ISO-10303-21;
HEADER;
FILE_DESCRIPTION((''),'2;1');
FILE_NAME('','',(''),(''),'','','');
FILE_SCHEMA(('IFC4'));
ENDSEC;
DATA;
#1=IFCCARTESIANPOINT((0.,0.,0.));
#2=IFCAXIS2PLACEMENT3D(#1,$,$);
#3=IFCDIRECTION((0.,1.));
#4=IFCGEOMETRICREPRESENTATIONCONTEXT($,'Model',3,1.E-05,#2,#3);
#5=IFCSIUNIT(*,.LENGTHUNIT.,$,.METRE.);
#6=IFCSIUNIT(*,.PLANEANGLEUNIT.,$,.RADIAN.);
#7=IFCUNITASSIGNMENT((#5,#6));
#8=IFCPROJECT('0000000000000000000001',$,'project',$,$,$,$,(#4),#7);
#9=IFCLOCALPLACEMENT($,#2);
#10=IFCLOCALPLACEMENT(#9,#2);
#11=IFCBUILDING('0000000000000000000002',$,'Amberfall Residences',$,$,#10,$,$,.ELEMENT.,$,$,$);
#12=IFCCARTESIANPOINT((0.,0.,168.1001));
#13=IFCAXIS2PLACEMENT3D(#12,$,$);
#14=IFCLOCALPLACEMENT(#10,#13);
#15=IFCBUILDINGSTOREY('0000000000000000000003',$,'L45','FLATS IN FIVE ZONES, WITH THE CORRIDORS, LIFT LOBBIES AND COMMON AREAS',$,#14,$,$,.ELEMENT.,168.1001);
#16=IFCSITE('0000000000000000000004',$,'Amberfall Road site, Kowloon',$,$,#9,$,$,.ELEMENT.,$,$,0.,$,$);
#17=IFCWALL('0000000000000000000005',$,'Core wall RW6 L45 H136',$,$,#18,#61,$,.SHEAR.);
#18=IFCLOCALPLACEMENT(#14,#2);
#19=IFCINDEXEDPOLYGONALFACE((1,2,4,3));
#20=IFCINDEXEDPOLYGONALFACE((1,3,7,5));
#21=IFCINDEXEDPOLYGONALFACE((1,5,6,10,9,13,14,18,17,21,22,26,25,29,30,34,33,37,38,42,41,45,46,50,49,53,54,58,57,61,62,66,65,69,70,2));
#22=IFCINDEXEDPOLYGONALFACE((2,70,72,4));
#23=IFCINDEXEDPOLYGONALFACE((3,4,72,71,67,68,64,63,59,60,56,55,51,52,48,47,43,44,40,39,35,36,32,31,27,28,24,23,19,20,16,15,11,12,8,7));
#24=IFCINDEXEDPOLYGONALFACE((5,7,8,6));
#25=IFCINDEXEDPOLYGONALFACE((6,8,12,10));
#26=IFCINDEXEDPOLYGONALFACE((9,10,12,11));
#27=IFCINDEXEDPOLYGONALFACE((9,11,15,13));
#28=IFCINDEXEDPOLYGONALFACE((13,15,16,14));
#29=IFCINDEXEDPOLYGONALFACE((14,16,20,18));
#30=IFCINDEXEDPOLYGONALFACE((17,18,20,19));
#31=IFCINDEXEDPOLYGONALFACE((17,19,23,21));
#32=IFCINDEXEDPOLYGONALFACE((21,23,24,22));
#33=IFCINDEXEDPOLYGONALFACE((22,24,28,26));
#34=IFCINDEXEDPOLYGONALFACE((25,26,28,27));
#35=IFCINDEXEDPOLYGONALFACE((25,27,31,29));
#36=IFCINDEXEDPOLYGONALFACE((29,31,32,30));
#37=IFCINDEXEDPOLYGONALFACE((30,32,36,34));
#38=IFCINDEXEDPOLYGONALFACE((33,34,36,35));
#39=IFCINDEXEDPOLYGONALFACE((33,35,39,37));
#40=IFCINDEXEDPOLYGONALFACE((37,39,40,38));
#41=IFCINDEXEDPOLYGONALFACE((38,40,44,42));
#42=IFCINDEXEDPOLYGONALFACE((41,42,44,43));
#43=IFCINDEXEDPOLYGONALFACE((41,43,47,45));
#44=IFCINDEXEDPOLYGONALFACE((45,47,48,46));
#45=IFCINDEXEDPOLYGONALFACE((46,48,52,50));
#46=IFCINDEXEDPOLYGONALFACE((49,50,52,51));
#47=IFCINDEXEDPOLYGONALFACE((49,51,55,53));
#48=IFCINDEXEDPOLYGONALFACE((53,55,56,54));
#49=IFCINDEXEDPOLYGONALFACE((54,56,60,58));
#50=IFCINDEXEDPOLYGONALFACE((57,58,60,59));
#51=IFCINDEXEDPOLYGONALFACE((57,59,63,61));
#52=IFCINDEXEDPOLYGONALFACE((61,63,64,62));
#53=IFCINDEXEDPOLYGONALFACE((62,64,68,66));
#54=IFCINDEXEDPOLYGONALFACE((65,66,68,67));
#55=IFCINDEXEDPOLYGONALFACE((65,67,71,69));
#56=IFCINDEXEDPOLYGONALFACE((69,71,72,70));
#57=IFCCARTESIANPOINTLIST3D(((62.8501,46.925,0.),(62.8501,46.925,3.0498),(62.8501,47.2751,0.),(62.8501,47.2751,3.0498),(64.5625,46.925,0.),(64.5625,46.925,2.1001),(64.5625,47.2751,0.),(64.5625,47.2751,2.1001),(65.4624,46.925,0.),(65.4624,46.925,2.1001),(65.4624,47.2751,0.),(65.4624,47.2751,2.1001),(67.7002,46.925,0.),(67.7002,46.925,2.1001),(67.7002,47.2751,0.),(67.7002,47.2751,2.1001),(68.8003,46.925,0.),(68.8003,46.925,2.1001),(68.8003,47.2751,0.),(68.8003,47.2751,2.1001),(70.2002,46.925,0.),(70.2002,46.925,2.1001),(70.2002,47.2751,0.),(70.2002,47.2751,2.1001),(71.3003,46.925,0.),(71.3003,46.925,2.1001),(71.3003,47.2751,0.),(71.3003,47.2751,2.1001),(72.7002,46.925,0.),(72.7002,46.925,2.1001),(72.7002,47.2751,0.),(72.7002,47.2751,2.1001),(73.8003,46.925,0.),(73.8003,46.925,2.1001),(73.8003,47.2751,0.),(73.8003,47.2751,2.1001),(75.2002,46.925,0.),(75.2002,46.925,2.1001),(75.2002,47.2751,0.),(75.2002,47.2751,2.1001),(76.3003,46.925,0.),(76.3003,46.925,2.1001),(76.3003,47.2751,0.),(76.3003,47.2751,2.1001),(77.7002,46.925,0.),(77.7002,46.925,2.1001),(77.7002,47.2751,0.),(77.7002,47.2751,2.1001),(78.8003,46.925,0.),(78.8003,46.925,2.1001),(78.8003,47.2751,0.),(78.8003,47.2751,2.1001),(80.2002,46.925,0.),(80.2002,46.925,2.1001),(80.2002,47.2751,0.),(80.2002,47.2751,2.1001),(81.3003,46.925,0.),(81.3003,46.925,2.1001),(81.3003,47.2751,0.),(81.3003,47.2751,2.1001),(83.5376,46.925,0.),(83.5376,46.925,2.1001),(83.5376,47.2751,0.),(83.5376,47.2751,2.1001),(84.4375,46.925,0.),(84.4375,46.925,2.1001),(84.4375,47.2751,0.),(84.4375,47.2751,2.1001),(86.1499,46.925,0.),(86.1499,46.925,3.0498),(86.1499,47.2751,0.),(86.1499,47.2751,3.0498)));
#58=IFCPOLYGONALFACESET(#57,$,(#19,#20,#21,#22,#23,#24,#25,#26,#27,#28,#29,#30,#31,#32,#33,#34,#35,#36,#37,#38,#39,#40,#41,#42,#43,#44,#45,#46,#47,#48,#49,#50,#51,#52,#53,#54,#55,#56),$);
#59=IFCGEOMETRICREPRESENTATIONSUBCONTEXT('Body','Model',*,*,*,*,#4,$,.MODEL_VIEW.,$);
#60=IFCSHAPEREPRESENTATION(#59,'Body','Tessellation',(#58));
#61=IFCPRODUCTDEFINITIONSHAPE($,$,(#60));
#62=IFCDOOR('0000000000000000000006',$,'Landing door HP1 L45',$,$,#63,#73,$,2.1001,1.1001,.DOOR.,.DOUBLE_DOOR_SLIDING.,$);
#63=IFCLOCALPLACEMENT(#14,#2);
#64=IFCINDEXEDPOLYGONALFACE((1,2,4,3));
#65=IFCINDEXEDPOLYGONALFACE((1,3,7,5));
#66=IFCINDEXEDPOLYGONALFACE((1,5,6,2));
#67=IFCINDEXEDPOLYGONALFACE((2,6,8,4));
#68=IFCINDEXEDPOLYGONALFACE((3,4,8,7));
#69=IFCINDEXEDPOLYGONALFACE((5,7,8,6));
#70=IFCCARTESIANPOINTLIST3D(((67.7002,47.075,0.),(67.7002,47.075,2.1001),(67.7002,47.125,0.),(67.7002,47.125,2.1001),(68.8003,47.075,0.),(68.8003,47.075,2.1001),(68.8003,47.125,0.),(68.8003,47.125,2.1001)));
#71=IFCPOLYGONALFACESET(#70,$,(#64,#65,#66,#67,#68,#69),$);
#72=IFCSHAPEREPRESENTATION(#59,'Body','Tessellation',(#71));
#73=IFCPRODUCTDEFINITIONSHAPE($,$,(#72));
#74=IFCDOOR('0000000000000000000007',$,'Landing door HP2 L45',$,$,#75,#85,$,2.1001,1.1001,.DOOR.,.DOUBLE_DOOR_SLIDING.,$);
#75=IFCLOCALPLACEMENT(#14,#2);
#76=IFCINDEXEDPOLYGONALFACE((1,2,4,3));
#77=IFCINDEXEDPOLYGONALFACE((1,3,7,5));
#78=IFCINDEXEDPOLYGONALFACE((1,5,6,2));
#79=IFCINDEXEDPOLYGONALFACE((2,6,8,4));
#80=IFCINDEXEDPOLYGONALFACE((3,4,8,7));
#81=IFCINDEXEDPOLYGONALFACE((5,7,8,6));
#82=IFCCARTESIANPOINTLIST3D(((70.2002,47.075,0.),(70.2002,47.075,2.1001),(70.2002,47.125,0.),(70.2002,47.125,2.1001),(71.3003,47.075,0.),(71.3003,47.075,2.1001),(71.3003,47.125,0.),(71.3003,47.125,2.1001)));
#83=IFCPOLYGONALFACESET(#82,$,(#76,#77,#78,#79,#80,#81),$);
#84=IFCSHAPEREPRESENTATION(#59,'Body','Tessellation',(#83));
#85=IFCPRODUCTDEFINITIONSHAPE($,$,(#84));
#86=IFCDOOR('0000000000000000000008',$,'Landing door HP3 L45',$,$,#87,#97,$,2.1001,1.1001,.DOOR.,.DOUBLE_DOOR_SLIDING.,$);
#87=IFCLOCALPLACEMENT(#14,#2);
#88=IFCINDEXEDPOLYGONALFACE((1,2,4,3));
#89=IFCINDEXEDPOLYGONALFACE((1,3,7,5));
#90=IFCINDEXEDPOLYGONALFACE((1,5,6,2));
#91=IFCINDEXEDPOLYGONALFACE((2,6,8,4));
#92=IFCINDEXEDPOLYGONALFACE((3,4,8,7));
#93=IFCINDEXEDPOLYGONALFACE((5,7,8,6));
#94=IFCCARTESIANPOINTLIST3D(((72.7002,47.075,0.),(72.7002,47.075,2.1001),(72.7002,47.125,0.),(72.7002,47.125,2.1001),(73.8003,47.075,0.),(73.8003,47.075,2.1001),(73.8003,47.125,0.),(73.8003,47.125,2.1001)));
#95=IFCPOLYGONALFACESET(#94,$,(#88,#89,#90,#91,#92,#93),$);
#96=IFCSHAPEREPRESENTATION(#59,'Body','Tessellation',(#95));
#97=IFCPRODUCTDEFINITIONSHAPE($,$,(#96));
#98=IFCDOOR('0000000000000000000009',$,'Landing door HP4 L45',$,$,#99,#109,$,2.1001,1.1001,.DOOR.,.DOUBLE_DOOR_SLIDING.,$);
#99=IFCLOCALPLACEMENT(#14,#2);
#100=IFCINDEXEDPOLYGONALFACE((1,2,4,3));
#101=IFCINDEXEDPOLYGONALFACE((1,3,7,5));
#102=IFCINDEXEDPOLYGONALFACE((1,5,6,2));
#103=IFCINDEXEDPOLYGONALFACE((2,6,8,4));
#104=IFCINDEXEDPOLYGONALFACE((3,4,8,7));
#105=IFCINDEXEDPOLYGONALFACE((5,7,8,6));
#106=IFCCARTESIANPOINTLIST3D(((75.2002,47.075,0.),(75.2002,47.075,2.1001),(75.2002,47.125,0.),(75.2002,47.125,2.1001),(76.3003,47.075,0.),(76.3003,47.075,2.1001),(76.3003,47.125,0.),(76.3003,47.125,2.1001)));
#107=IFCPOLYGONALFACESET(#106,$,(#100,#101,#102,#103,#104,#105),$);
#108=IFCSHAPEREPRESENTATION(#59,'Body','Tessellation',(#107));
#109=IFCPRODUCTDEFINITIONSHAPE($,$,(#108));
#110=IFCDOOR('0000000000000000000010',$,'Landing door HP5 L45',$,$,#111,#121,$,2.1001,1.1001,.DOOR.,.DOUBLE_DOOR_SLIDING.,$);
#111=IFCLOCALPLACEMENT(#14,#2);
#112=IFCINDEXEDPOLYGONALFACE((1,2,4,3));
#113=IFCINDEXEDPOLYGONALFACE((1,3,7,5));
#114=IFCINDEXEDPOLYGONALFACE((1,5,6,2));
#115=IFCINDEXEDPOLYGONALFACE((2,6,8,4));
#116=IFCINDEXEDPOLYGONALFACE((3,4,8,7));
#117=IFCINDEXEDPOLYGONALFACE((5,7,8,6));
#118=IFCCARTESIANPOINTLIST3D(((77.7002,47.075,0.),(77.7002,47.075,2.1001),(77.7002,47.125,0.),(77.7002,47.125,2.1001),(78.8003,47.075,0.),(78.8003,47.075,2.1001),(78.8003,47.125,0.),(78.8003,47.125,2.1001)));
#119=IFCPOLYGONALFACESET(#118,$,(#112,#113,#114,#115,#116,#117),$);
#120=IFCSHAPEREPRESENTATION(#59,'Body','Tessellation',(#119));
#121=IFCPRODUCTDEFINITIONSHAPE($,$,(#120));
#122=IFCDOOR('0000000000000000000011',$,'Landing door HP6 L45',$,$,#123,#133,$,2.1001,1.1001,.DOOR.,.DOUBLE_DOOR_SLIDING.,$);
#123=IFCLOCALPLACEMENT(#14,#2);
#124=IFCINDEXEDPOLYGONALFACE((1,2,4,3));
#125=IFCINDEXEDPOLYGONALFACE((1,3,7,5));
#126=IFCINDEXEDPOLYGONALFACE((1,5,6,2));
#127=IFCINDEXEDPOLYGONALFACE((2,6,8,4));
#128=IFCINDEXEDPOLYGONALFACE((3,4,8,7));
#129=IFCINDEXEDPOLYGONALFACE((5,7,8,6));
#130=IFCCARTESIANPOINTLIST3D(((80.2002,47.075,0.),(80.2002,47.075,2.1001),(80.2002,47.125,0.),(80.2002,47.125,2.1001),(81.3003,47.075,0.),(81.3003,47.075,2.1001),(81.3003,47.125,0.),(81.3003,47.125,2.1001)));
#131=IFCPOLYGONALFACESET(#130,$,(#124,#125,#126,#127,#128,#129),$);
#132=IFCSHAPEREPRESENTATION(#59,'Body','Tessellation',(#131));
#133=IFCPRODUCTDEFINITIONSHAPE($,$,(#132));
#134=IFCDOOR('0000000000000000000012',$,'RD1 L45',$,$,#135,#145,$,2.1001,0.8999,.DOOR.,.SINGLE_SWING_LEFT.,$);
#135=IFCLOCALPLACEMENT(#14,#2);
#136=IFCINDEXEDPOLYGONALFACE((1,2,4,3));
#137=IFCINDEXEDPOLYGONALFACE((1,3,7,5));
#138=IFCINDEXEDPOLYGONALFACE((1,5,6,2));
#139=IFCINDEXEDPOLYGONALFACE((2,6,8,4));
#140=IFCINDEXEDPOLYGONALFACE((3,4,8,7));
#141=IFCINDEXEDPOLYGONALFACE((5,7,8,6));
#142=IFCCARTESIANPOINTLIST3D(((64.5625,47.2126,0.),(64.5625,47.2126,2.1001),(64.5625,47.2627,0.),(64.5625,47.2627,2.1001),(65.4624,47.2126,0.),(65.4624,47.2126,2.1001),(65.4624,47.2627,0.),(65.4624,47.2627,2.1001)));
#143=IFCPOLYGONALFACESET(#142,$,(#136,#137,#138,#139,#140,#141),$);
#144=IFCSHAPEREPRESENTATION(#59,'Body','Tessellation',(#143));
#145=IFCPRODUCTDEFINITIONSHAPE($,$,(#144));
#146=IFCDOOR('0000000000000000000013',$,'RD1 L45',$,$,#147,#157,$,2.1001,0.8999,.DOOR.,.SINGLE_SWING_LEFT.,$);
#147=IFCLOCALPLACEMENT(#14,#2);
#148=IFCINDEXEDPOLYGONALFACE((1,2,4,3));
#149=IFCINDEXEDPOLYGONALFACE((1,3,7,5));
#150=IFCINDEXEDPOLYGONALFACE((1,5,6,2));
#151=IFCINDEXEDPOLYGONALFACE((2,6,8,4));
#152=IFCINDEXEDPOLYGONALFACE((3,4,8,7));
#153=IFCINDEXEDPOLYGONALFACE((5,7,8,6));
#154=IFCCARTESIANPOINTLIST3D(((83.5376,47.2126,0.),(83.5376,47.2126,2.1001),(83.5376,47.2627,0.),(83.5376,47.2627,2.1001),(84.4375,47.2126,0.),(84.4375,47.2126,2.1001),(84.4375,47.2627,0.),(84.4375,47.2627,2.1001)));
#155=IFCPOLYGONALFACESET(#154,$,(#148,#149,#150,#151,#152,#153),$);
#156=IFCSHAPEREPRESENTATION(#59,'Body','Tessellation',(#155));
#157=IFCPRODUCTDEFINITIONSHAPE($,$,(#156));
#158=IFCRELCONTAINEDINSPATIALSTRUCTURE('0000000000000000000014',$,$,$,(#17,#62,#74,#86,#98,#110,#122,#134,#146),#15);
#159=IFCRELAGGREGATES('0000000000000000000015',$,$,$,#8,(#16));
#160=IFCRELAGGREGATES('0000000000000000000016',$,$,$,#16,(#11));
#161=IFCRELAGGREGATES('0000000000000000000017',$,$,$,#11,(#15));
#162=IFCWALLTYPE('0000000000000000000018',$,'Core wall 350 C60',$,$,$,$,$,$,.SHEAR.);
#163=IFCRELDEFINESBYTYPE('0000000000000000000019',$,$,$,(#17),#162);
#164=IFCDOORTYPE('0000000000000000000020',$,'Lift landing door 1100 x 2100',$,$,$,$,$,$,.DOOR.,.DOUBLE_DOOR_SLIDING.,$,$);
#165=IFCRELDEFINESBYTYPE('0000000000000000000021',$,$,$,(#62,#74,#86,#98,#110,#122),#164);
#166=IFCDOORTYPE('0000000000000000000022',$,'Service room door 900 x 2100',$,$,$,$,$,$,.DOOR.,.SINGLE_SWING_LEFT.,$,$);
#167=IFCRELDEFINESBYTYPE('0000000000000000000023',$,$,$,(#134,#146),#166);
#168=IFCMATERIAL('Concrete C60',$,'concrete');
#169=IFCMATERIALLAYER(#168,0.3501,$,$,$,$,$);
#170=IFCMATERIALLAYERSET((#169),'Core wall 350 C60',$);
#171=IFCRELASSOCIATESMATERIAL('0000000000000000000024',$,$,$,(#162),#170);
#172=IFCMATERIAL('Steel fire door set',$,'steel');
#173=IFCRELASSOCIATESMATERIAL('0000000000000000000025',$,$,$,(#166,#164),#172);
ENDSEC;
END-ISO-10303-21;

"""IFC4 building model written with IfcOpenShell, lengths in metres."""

from ifc_helpers import new_model, si_unit, direction, frame, frame_2d, origin, place, context, subcontext, project, spatial, rectangle, extrude, material, layer, layer_set, type_object, element, fill, save


model = new_model("IFC4")

# Units and contexts
model_context = context("Model", 3, precision=1e-05, world=origin(), true_north=direction((0.0, 1.0)))
body_context = subcontext(model_context, "Body", "Model", "MODEL_VIEW")
ifc_project = project(units=[si_unit("LENGTHUNIT", "METRE"), si_unit("PLANEANGLEUNIT", "RADIAN")], contexts=[model_context])

# Site, building, storey
site_placement = place(None, origin())
site = spatial("IfcSite", under=ifc_project, at=site_placement, Name="Amberfall Road site, Kowloon", CompositionType="ELEMENT", RefElevation=0.0)
building_placement = place(site_placement, origin())
building = spatial("IfcBuilding", under=site, at=building_placement, Name="Amberfall Residences", CompositionType="ELEMENT")
storey_placement = place(building_placement, frame((0.0, 0.0, 168.1001)))
storey = spatial("IfcBuildingStorey", under=building, at=storey_placement, Name="L45", Description="FLATS IN FIVE ZONES, WITH THE CORRIDORS, LIFT LOBBIES AND COMMON AREAS", CompositionType="ELEMENT", Elevation=168.1001)

# Wall, openings, doors
ifc_material_1 = material(Name="Concrete C60", Category="concrete")
ifc_layer_1 = layer(ifc_material_1, 0.3501)
ifc_layer_set_1 = layer_set([ifc_layer_1], Name="Core wall 350 C60")
wall_type_1 = type_object("IfcWallType", Name="Core wall 350 C60", PredefinedType="SHEAR", material=ifc_layer_set_1)
ifc_material_2 = material(Name="Steel fire door set", Category="steel")
door_type_1 = type_object("IfcDoorType", Name="Service room door 900 x 2100", OperationType="SINGLE_SWING_LEFT", PredefinedType="DOOR", material=ifc_material_2)
wall_1_placement = place(storey_placement, frame((62.8501, 47.1001, 0.0), z_axis=(0.0, 0.0, 1.0), x_axis=(1.0, 0.0, 0.0)))
wall_1 = element("IfcWall", 1, at=wall_1_placement, inside=storey, type_object=wall_type_1, Name="Core wall RW6 L45 H136", PredefinedType="SHEAR", context=body_context, shape_type="SweptSolid", body=[
    extrude(rectangle(XDim=23.2998, YDim=0.3501, at=frame_2d((11.6499, 0.0))), origin(), (0.0, 0.0, 1.0), 3.0498),
])
opening_1_placement = place(wall_1_placement, frame((1.7124, 0.0, 0.0)))
opening_1 = element("IfcOpeningElement", 2, at=opening_1_placement, cuts=wall_1, PredefinedType="OPENING", context=body_context, shape_type="SweptSolid", body=[
    extrude(rectangle(XDim=0.8999, YDim=2.1001, at=frame_2d((0.45, 1.05))), frame((0.0, 0.1851, 0.0), z_axis=(0.0, -1.0, 0.0), x_axis=(1.0, 0.0, 0.0)), (0.0, 0.0, 1.0), 0.3701),
])
opening_2_placement = place(wall_1_placement, frame((20.6875, 0.0, 0.0)))
opening_2 = element("IfcOpeningElement", 3, at=opening_2_placement, cuts=wall_1, PredefinedType="OPENING", context=body_context, shape_type="SweptSolid", body=[
    extrude(rectangle(XDim=0.8999, YDim=2.1001, at=frame_2d((0.45, 1.05))), frame((0.0, 0.1851, 0.0), z_axis=(0.0, -1.0, 0.0), x_axis=(1.0, 0.0, 0.0)), (0.0, 0.0, 1.0), 0.3701),
])
opening_3_placement = place(wall_1_placement, frame((4.8501, 0.0, 0.0)))
opening_3 = element("IfcOpeningElement", 4, at=opening_3_placement, cuts=wall_1, PredefinedType="OPENING", context=body_context, shape_type="SweptSolid", body=[
    extrude(rectangle(XDim=1.1001, YDim=2.1001, at=frame_2d((0.55, 1.05))), frame((0.0, 0.1851, 0.0), z_axis=(0.0, -1.0, 0.0), x_axis=(1.0, 0.0, 0.0)), (0.0, 0.0, 1.0), 0.3701),
])
opening_4_placement = place(wall_1_placement, frame((7.3501, 0.0, 0.0)))
opening_4 = element("IfcOpeningElement", 5, at=opening_4_placement, cuts=wall_1, PredefinedType="OPENING", context=body_context, shape_type="SweptSolid", body=[
    extrude(rectangle(XDim=1.1001, YDim=2.1001, at=frame_2d((0.55, 1.05))), frame((0.0, 0.1851, 0.0), z_axis=(0.0, -1.0, 0.0), x_axis=(1.0, 0.0, 0.0)), (0.0, 0.0, 1.0), 0.3701),
])
opening_5_placement = place(wall_1_placement, frame((9.8501, 0.0, 0.0)))
opening_5 = element("IfcOpeningElement", 6, at=opening_5_placement, cuts=wall_1, PredefinedType="OPENING", context=body_context, shape_type="SweptSolid", body=[
    extrude(rectangle(XDim=1.1001, YDim=2.1001, at=frame_2d((0.55, 1.05))), frame((0.0, 0.1851, 0.0), z_axis=(0.0, -1.0, 0.0), x_axis=(1.0, 0.0, 0.0)), (0.0, 0.0, 1.0), 0.3701),
])
opening_6_placement = place(wall_1_placement, frame((12.3501, 0.0, 0.0)))
opening_6 = element("IfcOpeningElement", 7, at=opening_6_placement, cuts=wall_1, PredefinedType="OPENING", context=body_context, shape_type="SweptSolid", body=[
    extrude(rectangle(XDim=1.1001, YDim=2.1001, at=frame_2d((0.55, 1.05))), frame((0.0, 0.1851, 0.0), z_axis=(0.0, -1.0, 0.0), x_axis=(1.0, 0.0, 0.0)), (0.0, 0.0, 1.0), 0.3701),
])
opening_7_placement = place(wall_1_placement, frame((14.8501, 0.0, 0.0)))
opening_7 = element("IfcOpeningElement", 8, at=opening_7_placement, cuts=wall_1, PredefinedType="OPENING", context=body_context, shape_type="SweptSolid", body=[
    extrude(rectangle(XDim=1.1001, YDim=2.1001, at=frame_2d((0.55, 1.05))), frame((0.0, 0.1851, 0.0), z_axis=(0.0, -1.0, 0.0), x_axis=(1.0, 0.0, 0.0)), (0.0, 0.0, 1.0), 0.3701),
])
opening_8_placement = place(wall_1_placement, frame((17.3501, 0.0, 0.0)))
opening_8 = element("IfcOpeningElement", 9, at=opening_8_placement, cuts=wall_1, PredefinedType="OPENING", context=body_context, shape_type="SweptSolid", body=[
    extrude(rectangle(XDim=1.1001, YDim=2.1001, at=frame_2d((0.55, 1.05))), frame((0.0, 0.1851, 0.0), z_axis=(0.0, -1.0, 0.0), x_axis=(1.0, 0.0, 0.0)), (0.0, 0.0, 1.0), 0.3701),
])
door_type_2 = type_object("IfcDoorType", Name="Lift landing door 1100 x 2100", OperationType="DOUBLE_DOOR_SLIDING", PredefinedType="DOOR", material=ifc_material_2)
door_1_placement = place(opening_3_placement, origin())
door_1 = element("IfcDoor", 10, at=door_1_placement, inside=storey, type_object=door_type_2, Name="Landing door HP1 L45", OperationType="DOUBLE_DOOR_SLIDING", OverallHeight=2.1001, OverallWidth=1.1001, PredefinedType="DOOR", context=body_context, shape_type="SweptSolid", body=[
    extrude(rectangle(XDim=1.1001, YDim=2.1001, at=frame_2d((0.55, 1.05))), frame((0.0, 0.0249, 0.0), z_axis=(0.0, -1.0, 0.0), x_axis=(1.0, 0.0, 0.0)), (0.0, 0.0, 1.0), 0.05),
])
fill(opening_3, door_1)
door_2_placement = place(opening_4_placement, origin())
door_2 = element("IfcDoor", 11, at=door_2_placement, inside=storey, type_object=door_type_2, Name="Landing door HP2 L45", OperationType="DOUBLE_DOOR_SLIDING", OverallHeight=2.1001, OverallWidth=1.1001, PredefinedType="DOOR", context=body_context, shape_type="SweptSolid", body=[
    extrude(rectangle(XDim=1.1001, YDim=2.1001, at=frame_2d((0.55, 1.05))), frame((0.0, 0.0249, 0.0), z_axis=(0.0, -1.0, 0.0), x_axis=(1.0, 0.0, 0.0)), (0.0, 0.0, 1.0), 0.05),
])
fill(opening_4, door_2)
door_3_placement = place(opening_5_placement, origin())
door_3 = element("IfcDoor", 12, at=door_3_placement, inside=storey, type_object=door_type_2, Name="Landing door HP3 L45", OperationType="DOUBLE_DOOR_SLIDING", OverallHeight=2.1001, OverallWidth=1.1001, PredefinedType="DOOR", context=body_context, shape_type="SweptSolid", body=[
    extrude(rectangle(XDim=1.1001, YDim=2.1001, at=frame_2d((0.55, 1.05))), frame((0.0, 0.0249, 0.0), z_axis=(0.0, -1.0, 0.0), x_axis=(1.0, 0.0, 0.0)), (0.0, 0.0, 1.0), 0.05),
])
fill(opening_5, door_3)
door_4_placement = place(opening_6_placement, origin())
door_4 = element("IfcDoor", 13, at=door_4_placement, inside=storey, type_object=door_type_2, Name="Landing door HP4 L45", OperationType="DOUBLE_DOOR_SLIDING", OverallHeight=2.1001, OverallWidth=1.1001, PredefinedType="DOOR", context=body_context, shape_type="SweptSolid", body=[
    extrude(rectangle(XDim=1.1001, YDim=2.1001, at=frame_2d((0.55, 1.05))), frame((0.0, 0.0249, 0.0), z_axis=(0.0, -1.0, 0.0), x_axis=(1.0, 0.0, 0.0)), (0.0, 0.0, 1.0), 0.05),
])
fill(opening_6, door_4)
door_5_placement = place(opening_7_placement, origin())
door_5 = element("IfcDoor", 14, at=door_5_placement, inside=storey, type_object=door_type_2, Name="Landing door HP5 L45", OperationType="DOUBLE_DOOR_SLIDING", OverallHeight=2.1001, OverallWidth=1.1001, PredefinedType="DOOR", context=body_context, shape_type="SweptSolid", body=[
    extrude(rectangle(XDim=1.1001, YDim=2.1001, at=frame_2d((0.55, 1.05))), frame((0.0, 0.0249, 0.0), z_axis=(0.0, -1.0, 0.0), x_axis=(1.0, 0.0, 0.0)), (0.0, 0.0, 1.0), 0.05),
])
fill(opening_7, door_5)
door_6_placement = place(opening_8_placement, origin())
door_6 = element("IfcDoor", 15, at=door_6_placement, inside=storey, type_object=door_type_2, Name="Landing door HP6 L45", OperationType="DOUBLE_DOOR_SLIDING", OverallHeight=2.1001, OverallWidth=1.1001, PredefinedType="DOOR", context=body_context, shape_type="SweptSolid", body=[
    extrude(rectangle(XDim=1.1001, YDim=2.1001, at=frame_2d((0.55, 1.05))), frame((0.0, 0.0249, 0.0), z_axis=(0.0, -1.0, 0.0), x_axis=(1.0, 0.0, 0.0)), (0.0, 0.0, 1.0), 0.05),
])
fill(opening_8, door_6)
door_7_placement = place(opening_1_placement, origin())
door_7 = element("IfcDoor", 16, at=door_7_placement, inside=storey, type_object=door_type_1, Name="RD1 L45", OperationType="SINGLE_SWING_LEFT", OverallHeight=2.1001, OverallWidth=0.8999, PredefinedType="DOOR", context=body_context, shape_type="SweptSolid", body=[
    extrude(rectangle(XDim=0.8999, YDim=2.1001, at=frame_2d((0.45, 1.05))), frame((0.0, 0.1626, 0.0), z_axis=(0.0, -1.0, 0.0), x_axis=(1.0, 0.0, 0.0)), (0.0, 0.0, 1.0), 0.05),
])
fill(opening_1, door_7)
door_8_placement = place(opening_2_placement, origin())
door_8 = element("IfcDoor", 17, at=door_8_placement, inside=storey, type_object=door_type_1, Name="RD1 L45", OperationType="SINGLE_SWING_LEFT", OverallHeight=2.1001, OverallWidth=0.8999, PredefinedType="DOOR", context=body_context, shape_type="SweptSolid", body=[
    extrude(rectangle(XDim=0.8999, YDim=2.1001, at=frame_2d((0.45, 1.05))), frame((0.0, 0.1626, 0.0), z_axis=(0.0, -1.0, 0.0), x_axis=(1.0, 0.0, 0.0)), (0.0, 0.0, 1.0), 0.05),
])
fill(opening_2, door_8)

save(model, "model.ifc")
